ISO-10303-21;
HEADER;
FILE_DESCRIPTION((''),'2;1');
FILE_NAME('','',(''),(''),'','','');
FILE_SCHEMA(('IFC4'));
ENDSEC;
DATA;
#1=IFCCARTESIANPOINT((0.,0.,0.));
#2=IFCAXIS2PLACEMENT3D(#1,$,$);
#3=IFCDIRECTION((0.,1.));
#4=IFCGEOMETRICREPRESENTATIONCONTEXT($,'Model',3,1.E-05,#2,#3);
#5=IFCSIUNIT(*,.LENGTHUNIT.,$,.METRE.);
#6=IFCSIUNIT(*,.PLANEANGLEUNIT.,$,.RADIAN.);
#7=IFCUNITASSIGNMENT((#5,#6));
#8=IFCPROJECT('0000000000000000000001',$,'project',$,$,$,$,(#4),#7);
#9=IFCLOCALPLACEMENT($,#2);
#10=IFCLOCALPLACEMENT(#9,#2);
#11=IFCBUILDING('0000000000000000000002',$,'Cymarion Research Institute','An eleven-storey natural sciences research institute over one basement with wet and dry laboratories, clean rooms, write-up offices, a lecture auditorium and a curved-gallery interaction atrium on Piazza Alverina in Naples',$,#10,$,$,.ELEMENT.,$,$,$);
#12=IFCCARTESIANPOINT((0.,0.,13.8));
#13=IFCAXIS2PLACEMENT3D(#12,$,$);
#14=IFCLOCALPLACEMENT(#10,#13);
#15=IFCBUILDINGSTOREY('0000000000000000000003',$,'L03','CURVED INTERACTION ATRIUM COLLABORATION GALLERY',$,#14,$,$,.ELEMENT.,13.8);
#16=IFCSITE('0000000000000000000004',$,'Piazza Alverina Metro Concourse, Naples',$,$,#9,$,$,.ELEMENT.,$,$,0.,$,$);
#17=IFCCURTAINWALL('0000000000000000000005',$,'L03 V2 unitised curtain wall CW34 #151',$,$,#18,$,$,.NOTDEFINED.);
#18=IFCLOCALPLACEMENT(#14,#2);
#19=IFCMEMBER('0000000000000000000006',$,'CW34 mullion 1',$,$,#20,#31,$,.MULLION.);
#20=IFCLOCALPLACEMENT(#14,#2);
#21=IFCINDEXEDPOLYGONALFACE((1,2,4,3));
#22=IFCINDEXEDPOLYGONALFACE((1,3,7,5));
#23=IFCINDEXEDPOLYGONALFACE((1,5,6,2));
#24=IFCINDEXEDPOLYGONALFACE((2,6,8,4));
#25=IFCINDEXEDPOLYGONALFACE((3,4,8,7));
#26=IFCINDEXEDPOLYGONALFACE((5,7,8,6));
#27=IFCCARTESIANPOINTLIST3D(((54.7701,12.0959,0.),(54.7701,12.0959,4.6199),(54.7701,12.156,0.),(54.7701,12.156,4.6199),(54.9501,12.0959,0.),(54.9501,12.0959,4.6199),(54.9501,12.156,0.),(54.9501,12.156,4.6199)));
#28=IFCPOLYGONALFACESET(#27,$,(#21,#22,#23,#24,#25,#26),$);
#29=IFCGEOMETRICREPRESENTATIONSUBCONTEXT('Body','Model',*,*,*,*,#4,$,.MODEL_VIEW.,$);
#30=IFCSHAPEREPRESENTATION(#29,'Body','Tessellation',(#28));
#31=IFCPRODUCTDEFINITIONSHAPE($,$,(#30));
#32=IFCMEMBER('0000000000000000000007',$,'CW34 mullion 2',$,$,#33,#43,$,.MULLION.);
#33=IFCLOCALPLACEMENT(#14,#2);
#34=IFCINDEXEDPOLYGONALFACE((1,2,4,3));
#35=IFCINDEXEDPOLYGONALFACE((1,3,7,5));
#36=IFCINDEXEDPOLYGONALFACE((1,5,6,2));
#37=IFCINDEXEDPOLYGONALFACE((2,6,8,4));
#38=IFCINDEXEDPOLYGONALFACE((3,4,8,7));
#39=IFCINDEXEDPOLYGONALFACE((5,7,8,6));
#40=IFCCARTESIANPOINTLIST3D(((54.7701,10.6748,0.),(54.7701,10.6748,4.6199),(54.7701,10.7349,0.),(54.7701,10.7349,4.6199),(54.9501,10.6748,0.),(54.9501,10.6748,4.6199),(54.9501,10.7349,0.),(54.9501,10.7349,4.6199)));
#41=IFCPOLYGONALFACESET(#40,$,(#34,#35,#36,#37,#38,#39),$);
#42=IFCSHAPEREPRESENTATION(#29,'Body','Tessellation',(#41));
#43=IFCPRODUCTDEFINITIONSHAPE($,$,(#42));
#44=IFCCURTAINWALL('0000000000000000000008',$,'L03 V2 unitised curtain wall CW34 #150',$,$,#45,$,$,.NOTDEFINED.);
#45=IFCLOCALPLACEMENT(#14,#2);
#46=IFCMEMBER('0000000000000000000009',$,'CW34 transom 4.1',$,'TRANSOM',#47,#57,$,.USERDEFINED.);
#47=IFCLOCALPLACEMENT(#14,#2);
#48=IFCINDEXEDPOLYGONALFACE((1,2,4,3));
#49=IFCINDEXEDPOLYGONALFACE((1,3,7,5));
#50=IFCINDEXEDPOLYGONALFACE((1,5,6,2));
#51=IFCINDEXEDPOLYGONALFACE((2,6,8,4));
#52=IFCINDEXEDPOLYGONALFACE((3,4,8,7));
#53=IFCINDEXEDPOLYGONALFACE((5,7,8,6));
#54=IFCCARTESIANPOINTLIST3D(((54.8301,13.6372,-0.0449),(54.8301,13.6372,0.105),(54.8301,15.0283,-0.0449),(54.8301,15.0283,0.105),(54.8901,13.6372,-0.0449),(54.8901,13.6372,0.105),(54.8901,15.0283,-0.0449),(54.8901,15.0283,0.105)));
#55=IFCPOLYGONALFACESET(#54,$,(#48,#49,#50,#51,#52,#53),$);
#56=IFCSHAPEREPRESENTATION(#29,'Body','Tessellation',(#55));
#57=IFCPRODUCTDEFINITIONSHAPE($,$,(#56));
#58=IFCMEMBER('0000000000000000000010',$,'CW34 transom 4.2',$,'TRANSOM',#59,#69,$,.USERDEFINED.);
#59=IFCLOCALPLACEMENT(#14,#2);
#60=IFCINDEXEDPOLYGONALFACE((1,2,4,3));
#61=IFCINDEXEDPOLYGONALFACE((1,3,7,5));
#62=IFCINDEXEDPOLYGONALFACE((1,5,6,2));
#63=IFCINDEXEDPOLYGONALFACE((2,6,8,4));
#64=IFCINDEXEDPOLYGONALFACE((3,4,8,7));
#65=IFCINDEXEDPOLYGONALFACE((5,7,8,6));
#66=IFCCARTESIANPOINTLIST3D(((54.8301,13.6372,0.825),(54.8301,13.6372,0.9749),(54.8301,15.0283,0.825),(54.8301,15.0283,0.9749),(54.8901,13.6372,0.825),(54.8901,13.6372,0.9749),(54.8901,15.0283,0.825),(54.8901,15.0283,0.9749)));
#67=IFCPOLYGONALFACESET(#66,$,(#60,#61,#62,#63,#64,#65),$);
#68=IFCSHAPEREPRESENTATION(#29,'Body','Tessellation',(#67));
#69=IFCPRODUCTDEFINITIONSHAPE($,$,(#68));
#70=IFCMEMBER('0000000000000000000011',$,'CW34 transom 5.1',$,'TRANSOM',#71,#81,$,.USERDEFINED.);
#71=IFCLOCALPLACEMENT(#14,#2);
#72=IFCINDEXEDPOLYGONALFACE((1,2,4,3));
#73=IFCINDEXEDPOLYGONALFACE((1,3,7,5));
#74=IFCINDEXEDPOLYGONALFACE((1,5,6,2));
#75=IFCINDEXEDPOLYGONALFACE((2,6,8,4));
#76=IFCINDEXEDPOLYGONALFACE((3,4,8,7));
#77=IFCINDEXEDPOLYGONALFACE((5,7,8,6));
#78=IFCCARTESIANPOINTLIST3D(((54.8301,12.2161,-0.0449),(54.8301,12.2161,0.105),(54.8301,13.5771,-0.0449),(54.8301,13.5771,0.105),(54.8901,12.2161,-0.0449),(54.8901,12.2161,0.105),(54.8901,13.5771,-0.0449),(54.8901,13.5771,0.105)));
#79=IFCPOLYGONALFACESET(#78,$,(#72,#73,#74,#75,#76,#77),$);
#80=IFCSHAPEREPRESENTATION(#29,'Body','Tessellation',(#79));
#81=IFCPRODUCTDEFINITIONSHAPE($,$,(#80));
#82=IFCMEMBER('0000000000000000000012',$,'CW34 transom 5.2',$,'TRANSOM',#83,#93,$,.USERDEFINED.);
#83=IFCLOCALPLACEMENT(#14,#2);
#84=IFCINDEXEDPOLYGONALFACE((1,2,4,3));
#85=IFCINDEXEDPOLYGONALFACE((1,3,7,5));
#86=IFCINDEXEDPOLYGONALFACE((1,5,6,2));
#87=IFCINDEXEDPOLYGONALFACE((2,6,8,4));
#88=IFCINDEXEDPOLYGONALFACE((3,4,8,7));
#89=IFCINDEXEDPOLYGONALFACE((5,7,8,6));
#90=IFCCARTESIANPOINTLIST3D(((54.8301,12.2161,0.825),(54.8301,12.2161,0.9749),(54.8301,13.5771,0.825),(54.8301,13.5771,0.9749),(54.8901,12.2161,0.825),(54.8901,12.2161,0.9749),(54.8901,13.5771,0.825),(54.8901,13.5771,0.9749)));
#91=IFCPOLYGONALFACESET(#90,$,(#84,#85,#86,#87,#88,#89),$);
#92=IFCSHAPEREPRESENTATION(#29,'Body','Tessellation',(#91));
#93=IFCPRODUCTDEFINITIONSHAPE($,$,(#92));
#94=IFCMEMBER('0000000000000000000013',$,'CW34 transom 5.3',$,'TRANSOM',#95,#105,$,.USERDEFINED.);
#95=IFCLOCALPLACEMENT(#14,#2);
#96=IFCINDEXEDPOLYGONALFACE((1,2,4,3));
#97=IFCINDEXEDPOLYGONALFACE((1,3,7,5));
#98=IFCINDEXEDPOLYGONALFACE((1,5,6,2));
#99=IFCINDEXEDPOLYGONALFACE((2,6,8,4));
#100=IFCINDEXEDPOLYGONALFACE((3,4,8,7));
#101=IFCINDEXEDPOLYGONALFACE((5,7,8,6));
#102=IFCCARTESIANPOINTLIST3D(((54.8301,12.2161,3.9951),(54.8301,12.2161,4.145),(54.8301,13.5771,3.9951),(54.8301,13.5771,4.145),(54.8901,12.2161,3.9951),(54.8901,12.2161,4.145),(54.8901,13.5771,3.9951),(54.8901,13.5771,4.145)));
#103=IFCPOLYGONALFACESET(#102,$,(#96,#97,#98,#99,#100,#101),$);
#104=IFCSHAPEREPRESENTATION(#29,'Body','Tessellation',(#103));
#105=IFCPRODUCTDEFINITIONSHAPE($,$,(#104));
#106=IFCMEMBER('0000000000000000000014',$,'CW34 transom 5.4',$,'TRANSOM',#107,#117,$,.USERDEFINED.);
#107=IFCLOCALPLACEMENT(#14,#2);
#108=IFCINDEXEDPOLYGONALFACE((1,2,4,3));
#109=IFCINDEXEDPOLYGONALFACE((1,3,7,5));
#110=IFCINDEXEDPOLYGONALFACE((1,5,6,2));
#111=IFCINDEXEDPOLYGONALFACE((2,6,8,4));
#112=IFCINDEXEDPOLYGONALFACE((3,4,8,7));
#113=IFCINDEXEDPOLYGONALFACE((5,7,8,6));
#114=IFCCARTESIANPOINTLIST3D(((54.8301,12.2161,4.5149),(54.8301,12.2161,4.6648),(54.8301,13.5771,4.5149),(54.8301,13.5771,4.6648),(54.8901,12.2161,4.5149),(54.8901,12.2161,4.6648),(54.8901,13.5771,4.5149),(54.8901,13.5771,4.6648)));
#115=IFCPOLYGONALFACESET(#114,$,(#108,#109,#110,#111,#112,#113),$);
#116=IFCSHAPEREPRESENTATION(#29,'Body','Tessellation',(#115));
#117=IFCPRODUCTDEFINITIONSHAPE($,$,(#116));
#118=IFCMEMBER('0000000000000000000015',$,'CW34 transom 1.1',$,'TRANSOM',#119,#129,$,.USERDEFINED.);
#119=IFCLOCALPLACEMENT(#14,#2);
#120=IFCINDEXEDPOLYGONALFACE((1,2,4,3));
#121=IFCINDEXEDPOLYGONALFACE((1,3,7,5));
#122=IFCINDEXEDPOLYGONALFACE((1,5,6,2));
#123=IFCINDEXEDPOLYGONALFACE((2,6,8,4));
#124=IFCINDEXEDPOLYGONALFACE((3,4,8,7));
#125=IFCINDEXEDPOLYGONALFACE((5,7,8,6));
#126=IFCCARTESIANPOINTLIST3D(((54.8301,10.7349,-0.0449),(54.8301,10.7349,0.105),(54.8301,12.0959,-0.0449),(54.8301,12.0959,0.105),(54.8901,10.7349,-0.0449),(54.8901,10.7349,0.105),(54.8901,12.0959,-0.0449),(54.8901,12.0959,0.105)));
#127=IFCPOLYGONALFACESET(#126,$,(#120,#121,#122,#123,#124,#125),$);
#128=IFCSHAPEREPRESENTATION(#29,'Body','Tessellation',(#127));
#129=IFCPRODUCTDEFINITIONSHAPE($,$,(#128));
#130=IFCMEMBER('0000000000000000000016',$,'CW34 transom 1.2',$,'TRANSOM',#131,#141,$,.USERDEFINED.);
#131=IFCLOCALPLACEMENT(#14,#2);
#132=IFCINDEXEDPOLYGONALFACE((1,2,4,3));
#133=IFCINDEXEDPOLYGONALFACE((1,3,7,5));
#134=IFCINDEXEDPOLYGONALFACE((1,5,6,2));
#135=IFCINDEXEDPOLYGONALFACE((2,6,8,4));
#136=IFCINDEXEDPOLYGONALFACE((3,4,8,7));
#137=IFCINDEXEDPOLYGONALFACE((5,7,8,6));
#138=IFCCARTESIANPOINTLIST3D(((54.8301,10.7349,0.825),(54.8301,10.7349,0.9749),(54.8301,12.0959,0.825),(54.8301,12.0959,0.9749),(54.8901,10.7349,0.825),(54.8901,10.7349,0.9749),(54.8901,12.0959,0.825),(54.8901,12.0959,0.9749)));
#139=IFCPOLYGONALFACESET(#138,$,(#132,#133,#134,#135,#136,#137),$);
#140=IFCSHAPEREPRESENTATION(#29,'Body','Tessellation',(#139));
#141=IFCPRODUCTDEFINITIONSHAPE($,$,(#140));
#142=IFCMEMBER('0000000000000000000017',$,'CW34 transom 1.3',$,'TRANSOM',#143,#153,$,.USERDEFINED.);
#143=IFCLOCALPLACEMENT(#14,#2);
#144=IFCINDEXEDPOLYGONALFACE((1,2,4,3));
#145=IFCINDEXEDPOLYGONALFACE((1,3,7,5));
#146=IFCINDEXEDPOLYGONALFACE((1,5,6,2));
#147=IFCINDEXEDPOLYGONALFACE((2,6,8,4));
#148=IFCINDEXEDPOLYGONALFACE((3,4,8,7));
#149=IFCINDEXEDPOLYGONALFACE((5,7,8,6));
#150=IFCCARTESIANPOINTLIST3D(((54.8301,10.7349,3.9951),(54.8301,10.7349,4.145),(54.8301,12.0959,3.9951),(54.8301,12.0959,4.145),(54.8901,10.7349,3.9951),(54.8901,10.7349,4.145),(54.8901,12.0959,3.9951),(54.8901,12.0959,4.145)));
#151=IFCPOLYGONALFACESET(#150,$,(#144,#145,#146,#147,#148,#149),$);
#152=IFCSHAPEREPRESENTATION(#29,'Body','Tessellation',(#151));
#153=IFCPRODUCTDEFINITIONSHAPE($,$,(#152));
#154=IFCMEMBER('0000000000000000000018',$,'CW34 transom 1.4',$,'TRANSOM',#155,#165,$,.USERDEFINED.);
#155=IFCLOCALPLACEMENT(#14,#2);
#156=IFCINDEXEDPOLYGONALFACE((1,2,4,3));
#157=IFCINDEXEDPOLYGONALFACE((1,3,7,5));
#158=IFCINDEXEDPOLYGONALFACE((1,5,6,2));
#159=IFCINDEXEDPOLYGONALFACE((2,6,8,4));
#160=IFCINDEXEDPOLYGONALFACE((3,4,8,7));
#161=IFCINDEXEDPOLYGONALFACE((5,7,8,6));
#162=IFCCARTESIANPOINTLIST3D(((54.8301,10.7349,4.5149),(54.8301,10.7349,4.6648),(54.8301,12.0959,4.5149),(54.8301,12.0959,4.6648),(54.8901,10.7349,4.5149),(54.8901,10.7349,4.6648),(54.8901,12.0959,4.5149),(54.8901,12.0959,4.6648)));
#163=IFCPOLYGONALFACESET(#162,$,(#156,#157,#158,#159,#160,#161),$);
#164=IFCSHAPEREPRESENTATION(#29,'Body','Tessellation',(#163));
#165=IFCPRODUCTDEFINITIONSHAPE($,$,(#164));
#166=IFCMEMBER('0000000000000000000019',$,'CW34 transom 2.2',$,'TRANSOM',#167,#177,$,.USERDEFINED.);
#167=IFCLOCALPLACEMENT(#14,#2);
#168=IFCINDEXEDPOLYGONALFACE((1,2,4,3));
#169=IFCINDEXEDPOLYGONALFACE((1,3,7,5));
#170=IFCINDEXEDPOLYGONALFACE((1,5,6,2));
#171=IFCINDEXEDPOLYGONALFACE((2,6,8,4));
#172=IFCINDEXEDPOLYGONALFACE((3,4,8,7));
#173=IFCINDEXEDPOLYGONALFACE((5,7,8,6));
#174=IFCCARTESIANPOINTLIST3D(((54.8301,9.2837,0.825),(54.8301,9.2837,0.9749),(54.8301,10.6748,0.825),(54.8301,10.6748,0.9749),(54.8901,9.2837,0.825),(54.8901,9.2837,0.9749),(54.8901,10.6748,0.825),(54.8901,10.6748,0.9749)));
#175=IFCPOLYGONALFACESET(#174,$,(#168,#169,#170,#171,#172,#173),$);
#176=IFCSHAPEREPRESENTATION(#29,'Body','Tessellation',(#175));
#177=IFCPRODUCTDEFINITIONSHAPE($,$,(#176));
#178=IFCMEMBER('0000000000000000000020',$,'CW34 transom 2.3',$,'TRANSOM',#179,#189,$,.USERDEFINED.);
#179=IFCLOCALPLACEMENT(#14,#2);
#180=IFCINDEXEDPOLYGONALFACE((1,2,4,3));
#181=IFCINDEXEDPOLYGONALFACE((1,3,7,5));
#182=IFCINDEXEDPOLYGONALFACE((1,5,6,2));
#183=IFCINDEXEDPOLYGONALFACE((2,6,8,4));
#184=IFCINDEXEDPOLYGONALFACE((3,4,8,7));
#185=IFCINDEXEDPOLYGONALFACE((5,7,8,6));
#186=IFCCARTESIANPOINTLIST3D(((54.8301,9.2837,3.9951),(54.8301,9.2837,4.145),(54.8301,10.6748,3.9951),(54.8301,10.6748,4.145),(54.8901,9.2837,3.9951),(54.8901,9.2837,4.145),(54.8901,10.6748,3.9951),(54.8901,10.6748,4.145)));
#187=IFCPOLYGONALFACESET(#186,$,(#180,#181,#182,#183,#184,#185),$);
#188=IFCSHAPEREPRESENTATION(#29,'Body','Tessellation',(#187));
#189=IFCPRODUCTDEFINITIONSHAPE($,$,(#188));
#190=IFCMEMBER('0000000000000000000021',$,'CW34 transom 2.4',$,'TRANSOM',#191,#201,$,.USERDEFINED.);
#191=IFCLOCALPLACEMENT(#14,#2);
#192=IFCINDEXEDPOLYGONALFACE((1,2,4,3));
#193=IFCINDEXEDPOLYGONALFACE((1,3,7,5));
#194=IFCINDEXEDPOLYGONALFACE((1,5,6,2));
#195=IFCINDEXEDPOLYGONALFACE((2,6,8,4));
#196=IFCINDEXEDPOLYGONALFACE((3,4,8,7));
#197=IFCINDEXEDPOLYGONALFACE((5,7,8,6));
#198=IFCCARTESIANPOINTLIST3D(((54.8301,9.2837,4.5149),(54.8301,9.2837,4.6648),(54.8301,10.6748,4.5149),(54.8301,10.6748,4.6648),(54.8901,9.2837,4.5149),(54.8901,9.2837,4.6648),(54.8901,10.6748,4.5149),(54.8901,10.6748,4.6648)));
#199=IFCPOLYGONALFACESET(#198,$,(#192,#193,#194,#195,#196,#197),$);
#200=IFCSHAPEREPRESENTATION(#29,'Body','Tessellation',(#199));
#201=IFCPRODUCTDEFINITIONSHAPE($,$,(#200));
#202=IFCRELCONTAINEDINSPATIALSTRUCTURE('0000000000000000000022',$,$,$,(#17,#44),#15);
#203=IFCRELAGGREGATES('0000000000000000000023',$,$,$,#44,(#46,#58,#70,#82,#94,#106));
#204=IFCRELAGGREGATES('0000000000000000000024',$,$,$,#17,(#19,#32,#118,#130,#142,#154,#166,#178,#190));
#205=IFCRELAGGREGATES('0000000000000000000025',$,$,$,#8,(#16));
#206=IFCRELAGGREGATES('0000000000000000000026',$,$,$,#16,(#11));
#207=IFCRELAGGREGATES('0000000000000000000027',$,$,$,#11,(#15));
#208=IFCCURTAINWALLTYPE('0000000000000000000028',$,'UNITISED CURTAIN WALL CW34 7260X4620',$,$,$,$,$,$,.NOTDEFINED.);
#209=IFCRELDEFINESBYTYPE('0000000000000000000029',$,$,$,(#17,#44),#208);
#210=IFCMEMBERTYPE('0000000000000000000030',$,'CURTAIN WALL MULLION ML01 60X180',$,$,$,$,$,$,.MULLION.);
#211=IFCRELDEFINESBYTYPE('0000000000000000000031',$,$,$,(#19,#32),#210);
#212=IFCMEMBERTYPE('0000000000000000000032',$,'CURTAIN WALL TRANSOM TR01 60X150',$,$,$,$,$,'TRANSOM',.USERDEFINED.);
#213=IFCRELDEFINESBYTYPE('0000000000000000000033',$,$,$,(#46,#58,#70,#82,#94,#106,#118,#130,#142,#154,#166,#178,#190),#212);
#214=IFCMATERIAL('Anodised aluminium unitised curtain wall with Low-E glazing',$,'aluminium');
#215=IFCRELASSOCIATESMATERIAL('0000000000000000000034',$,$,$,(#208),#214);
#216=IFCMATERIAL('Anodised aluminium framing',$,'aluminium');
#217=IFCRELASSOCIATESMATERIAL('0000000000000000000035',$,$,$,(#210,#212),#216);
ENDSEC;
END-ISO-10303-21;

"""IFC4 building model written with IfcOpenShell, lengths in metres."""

from ifc_helpers import new_model, si_unit, direction, frame, origin, origin_2d, place, context, subcontext, project, spatial, rectangle, extrude, material, material_profile, profile_set, type_object, element, aggregate, save


model = new_model("IFC4")

# Units and contexts
model_context = context("Model", 3, precision=1e-05, world=origin(), true_north=direction((0.0, 1.0)))
body_context = subcontext(model_context, "Body", "Model", "MODEL_VIEW")
ifc_project = project(units=[si_unit("LENGTHUNIT", "METRE"), si_unit("PLANEANGLEUNIT", "RADIAN")], contexts=[model_context])

# Site, building, storey
site_placement = place(None, origin())
site = spatial("IfcSite", under=ifc_project, at=site_placement, Name="Piazza Alverina Metro Concourse, Naples", CompositionType="ELEMENT", RefElevation=0.0)
building_placement = place(site_placement, origin())
building = spatial("IfcBuilding", under=site, at=building_placement, Name="Cymarion Research Institute", Description="An eleven-storey natural sciences research institute over one basement with wet and dry laboratories, clean rooms, write-up offices, a lecture auditorium and a curved-gallery interaction atrium on Piazza Alverina in Naples", CompositionType="ELEMENT")
storey_placement = place(building_placement, frame((0.0, 0.0, 13.8)))
storey = spatial("IfcBuildingStorey", under=building, at=storey_placement, Name="L03", Description="CURVED INTERACTION ATRIUM COLLABORATION GALLERY", CompositionType="ELEMENT", Elevation=13.8)

# Curtain walls, members
ifc_material_1 = material(Name="Anodised aluminium unitised curtain wall with Low-E glazing", Category="aluminium")
curtain_wall_type = type_object("IfcCurtainWallType", Name="UNITISED CURTAIN WALL CW34 7260X4620", PredefinedType="NOTDEFINED", material=ifc_material_1)
curtain_wall_1_placement = place(storey_placement, origin())
curtain_wall_1 = element("IfcCurtainWall", 1, at=curtain_wall_1_placement, inside=storey, type_object=curtain_wall_type, Name="L03 V2 unitised curtain wall CW34 #151", PredefinedType="NOTDEFINED")
ifc_material_2 = material(Name="Anodised aluminium framing", Category="aluminium")
ifc_material_profile_1 = material_profile(ifc_material_2, rectangle(XDim=0.0601, YDim=0.1799, at=origin_2d()), Name="ALU MULLION 60x180")
ifc_profile_set_1 = profile_set([ifc_material_profile_1], Name="Anodised aluminium framing")
member_type_1 = type_object("IfcMemberType", Name="CURTAIN WALL MULLION ML01 60X180", PredefinedType="MULLION", material=ifc_profile_set_1)
member_1_placement = place(storey_placement, frame((54.8601, 12.126, 0.0), z_axis=(0.0, 0.0, 1.0), x_axis=(0.0, -1.0, 0.0)))
member_1 = element("IfcMember", 2, at=member_1_placement, type_object=member_type_1, Name="CW34 mullion 1", PredefinedType="MULLION", context=body_context, shape_type="SweptSolid", body=[
    extrude(rectangle(XDim=0.0601, YDim=0.1799, at=origin_2d()), origin(), (0.0, 0.0, 1.0), 4.6199),
])
member_2_placement = place(storey_placement, frame((54.8601, 10.7048, 0.0), z_axis=(0.0, 0.0, 1.0), x_axis=(0.0, -1.0, 0.0)))
member_2 = element("IfcMember", 3, at=member_2_placement, type_object=member_type_1, Name="CW34 mullion 2", PredefinedType="MULLION", context=body_context, shape_type="SweptSolid", body=[
    extrude(rectangle(XDim=0.0601, YDim=0.1799, at=origin_2d()), origin(), (0.0, 0.0, 1.0), 4.6199),
])
curtain_wall_2_placement = place(storey_placement, origin())
curtain_wall_2 = element("IfcCurtainWall", 4, at=curtain_wall_2_placement, inside=storey, type_object=curtain_wall_type, Name="L03 V2 unitised curtain wall CW34 #150", PredefinedType="NOTDEFINED")
ifc_material_profile_2 = material_profile(ifc_material_2, rectangle(XDim=0.0601, YDim=0.1499, at=origin_2d()), Name="ALU TRANSOM 60x150")
ifc_profile_set_2 = profile_set([ifc_material_profile_2], Name="Anodised aluminium framing")
member_type_2 = type_object("IfcMemberType", Name="CURTAIN WALL TRANSOM TR01 60X150", ElementType="TRANSOM", PredefinedType="USERDEFINED", material=ifc_profile_set_2)
member_3_placement = place(storey_placement, frame((54.8601, 15.0283, 0.03), z_axis=(0.0, -1.0, 0.0), x_axis=(1.0, 0.0, 0.0)))
member_3 = element("IfcMember", 5, at=member_3_placement, type_object=member_type_2, Name="CW34 transom 4.1", ObjectType="TRANSOM", PredefinedType="USERDEFINED", context=body_context, shape_type="SweptSolid", body=[
    extrude(rectangle(XDim=0.0601, YDim=0.1499, at=origin_2d()), origin(), (0.0, 0.0, 1.0), 1.3911),
])
member_4_placement = place(storey_placement, frame((54.8601, 15.0283, 0.8999), z_axis=(0.0, -1.0, 0.0), x_axis=(1.0, 0.0, 0.0)))
member_4 = element("IfcMember", 6, at=member_4_placement, type_object=member_type_2, Name="CW34 transom 4.2", ObjectType="TRANSOM", PredefinedType="USERDEFINED", context=body_context, shape_type="SweptSolid", body=[
    extrude(rectangle(XDim=0.0601, YDim=0.1499, at=origin_2d()), origin(), (0.0, 0.0, 1.0), 1.3911),
])
member_5_placement = place(storey_placement, frame((54.8601, 13.5771, 0.03), z_axis=(0.0, -1.0, 0.0), x_axis=(1.0, 0.0, 0.0)))
member_5 = element("IfcMember", 7, at=member_5_placement, type_object=member_type_2, Name="CW34 transom 5.1", ObjectType="TRANSOM", PredefinedType="USERDEFINED", context=body_context, shape_type="SweptSolid", body=[
    extrude(rectangle(XDim=0.0601, YDim=0.1499, at=origin_2d()), origin(), (0.0, 0.0, 1.0), 1.3611),
])
member_6_placement = place(storey_placement, frame((54.8601, 13.5771, 0.8999), z_axis=(0.0, -1.0, 0.0), x_axis=(1.0, 0.0, 0.0)))
member_6 = element("IfcMember", 8, at=member_6_placement, type_object=member_type_2, Name="CW34 transom 5.2", ObjectType="TRANSOM", PredefinedType="USERDEFINED", context=body_context, shape_type="SweptSolid", body=[
    extrude(rectangle(XDim=0.0601, YDim=0.1499, at=origin_2d()), origin(), (0.0, 0.0, 1.0), 1.3611),
])
member_7_placement = place(storey_placement, frame((54.8601, 13.5771, 4.0701), z_axis=(0.0, -1.0, 0.0), x_axis=(1.0, 0.0, 0.0)))
member_7 = element("IfcMember", 9, at=member_7_placement, type_object=member_type_2, Name="CW34 transom 5.3", ObjectType="TRANSOM", PredefinedType="USERDEFINED", context=body_context, shape_type="SweptSolid", body=[
    extrude(rectangle(XDim=0.0601, YDim=0.1499, at=origin_2d()), origin(), (0.0, 0.0, 1.0), 1.3611),
])
member_8_placement = place(storey_placement, frame((54.8601, 13.5771, 4.5898), z_axis=(0.0, -1.0, 0.0), x_axis=(1.0, 0.0, 0.0)))
member_8 = element("IfcMember", 10, at=member_8_placement, type_object=member_type_2, Name="CW34 transom 5.4", ObjectType="TRANSOM", PredefinedType="USERDEFINED", context=body_context, shape_type="SweptSolid", body=[
    extrude(rectangle(XDim=0.0601, YDim=0.1499, at=origin_2d()), origin(), (0.0, 0.0, 1.0), 1.3611),
])

# Members
member_9_placement = place(storey_placement, frame((54.8601, 12.0959, 0.03), z_axis=(0.0, -1.0, 0.0), x_axis=(1.0, 0.0, 0.0)))
member_9 = element("IfcMember", 11, at=member_9_placement, type_object=member_type_2, Name="CW34 transom 1.1", ObjectType="TRANSOM", PredefinedType="USERDEFINED", context=body_context, shape_type="SweptSolid", body=[
    extrude(rectangle(XDim=0.0601, YDim=0.1499, at=origin_2d()), origin(), (0.0, 0.0, 1.0), 1.3611),
])
member_10_placement = place(storey_placement, frame((54.8601, 12.0959, 0.8999), z_axis=(0.0, -1.0, 0.0), x_axis=(1.0, 0.0, 0.0)))
member_10 = element("IfcMember", 12, at=member_10_placement, type_object=member_type_2, Name="CW34 transom 1.2", ObjectType="TRANSOM", PredefinedType="USERDEFINED", context=body_context, shape_type="SweptSolid", body=[
    extrude(rectangle(XDim=0.0601, YDim=0.1499, at=origin_2d()), origin(), (0.0, 0.0, 1.0), 1.3611),
])
member_11_placement = place(storey_placement, frame((54.8601, 12.0959, 4.0701), z_axis=(0.0, -1.0, 0.0), x_axis=(1.0, 0.0, 0.0)))
member_11 = element("IfcMember", 13, at=member_11_placement, type_object=member_type_2, Name="CW34 transom 1.3", ObjectType="TRANSOM", PredefinedType="USERDEFINED", context=body_context, shape_type="SweptSolid", body=[
    extrude(rectangle(XDim=0.0601, YDim=0.1499, at=origin_2d()), origin(), (0.0, 0.0, 1.0), 1.3611),
])
member_12_placement = place(storey_placement, frame((54.8601, 12.0959, 4.5898), z_axis=(0.0, -1.0, 0.0), x_axis=(1.0, 0.0, 0.0)))
member_12 = element("IfcMember", 14, at=member_12_placement, type_object=member_type_2, Name="CW34 transom 1.4", ObjectType="TRANSOM", PredefinedType="USERDEFINED", context=body_context, shape_type="SweptSolid", body=[
    extrude(rectangle(XDim=0.0601, YDim=0.1499, at=origin_2d()), origin(), (0.0, 0.0, 1.0), 1.3611),
])
member_13_placement = place(storey_placement, frame((54.8601, 10.6748, 0.8999), z_axis=(0.0, -1.0, 0.0), x_axis=(1.0, 0.0, 0.0)))
member_13 = element("IfcMember", 15, at=member_13_placement, type_object=member_type_2, Name="CW34 transom 2.2", ObjectType="TRANSOM", PredefinedType="USERDEFINED", context=body_context, shape_type="SweptSolid", body=[
    extrude(rectangle(XDim=0.0601, YDim=0.1499, at=origin_2d()), origin(), (0.0, 0.0, 1.0), 1.3911),
])
member_14_placement = place(storey_placement, frame((54.8601, 10.6748, 4.0701), z_axis=(0.0, -1.0, 0.0), x_axis=(1.0, 0.0, 0.0)))
member_14 = element("IfcMember", 16, at=member_14_placement, type_object=member_type_2, Name="CW34 transom 2.3", ObjectType="TRANSOM", PredefinedType="USERDEFINED", context=body_context, shape_type="SweptSolid", body=[
    extrude(rectangle(XDim=0.0601, YDim=0.1499, at=origin_2d()), origin(), (0.0, 0.0, 1.0), 1.3911),
])
member_15_placement = place(storey_placement, frame((54.8601, 10.6748, 4.5898), z_axis=(0.0, -1.0, 0.0), x_axis=(1.0, 0.0, 0.0)))
member_15 = element("IfcMember", 17, at=member_15_placement, type_object=member_type_2, Name="CW34 transom 2.4", ObjectType="TRANSOM", PredefinedType="USERDEFINED", context=body_context, shape_type="SweptSolid", body=[
    extrude(rectangle(XDim=0.0601, YDim=0.1499, at=origin_2d()), origin(), (0.0, 0.0, 1.0), 1.3911),
])

aggregate(curtain_wall_2, [member_3, member_4, member_5, member_6, member_7, member_8])
aggregate(curtain_wall_1, [member_1, member_2, member_9, member_10, member_11, member_12, member_13, member_14, member_15])

save(model, "model.ifc")
